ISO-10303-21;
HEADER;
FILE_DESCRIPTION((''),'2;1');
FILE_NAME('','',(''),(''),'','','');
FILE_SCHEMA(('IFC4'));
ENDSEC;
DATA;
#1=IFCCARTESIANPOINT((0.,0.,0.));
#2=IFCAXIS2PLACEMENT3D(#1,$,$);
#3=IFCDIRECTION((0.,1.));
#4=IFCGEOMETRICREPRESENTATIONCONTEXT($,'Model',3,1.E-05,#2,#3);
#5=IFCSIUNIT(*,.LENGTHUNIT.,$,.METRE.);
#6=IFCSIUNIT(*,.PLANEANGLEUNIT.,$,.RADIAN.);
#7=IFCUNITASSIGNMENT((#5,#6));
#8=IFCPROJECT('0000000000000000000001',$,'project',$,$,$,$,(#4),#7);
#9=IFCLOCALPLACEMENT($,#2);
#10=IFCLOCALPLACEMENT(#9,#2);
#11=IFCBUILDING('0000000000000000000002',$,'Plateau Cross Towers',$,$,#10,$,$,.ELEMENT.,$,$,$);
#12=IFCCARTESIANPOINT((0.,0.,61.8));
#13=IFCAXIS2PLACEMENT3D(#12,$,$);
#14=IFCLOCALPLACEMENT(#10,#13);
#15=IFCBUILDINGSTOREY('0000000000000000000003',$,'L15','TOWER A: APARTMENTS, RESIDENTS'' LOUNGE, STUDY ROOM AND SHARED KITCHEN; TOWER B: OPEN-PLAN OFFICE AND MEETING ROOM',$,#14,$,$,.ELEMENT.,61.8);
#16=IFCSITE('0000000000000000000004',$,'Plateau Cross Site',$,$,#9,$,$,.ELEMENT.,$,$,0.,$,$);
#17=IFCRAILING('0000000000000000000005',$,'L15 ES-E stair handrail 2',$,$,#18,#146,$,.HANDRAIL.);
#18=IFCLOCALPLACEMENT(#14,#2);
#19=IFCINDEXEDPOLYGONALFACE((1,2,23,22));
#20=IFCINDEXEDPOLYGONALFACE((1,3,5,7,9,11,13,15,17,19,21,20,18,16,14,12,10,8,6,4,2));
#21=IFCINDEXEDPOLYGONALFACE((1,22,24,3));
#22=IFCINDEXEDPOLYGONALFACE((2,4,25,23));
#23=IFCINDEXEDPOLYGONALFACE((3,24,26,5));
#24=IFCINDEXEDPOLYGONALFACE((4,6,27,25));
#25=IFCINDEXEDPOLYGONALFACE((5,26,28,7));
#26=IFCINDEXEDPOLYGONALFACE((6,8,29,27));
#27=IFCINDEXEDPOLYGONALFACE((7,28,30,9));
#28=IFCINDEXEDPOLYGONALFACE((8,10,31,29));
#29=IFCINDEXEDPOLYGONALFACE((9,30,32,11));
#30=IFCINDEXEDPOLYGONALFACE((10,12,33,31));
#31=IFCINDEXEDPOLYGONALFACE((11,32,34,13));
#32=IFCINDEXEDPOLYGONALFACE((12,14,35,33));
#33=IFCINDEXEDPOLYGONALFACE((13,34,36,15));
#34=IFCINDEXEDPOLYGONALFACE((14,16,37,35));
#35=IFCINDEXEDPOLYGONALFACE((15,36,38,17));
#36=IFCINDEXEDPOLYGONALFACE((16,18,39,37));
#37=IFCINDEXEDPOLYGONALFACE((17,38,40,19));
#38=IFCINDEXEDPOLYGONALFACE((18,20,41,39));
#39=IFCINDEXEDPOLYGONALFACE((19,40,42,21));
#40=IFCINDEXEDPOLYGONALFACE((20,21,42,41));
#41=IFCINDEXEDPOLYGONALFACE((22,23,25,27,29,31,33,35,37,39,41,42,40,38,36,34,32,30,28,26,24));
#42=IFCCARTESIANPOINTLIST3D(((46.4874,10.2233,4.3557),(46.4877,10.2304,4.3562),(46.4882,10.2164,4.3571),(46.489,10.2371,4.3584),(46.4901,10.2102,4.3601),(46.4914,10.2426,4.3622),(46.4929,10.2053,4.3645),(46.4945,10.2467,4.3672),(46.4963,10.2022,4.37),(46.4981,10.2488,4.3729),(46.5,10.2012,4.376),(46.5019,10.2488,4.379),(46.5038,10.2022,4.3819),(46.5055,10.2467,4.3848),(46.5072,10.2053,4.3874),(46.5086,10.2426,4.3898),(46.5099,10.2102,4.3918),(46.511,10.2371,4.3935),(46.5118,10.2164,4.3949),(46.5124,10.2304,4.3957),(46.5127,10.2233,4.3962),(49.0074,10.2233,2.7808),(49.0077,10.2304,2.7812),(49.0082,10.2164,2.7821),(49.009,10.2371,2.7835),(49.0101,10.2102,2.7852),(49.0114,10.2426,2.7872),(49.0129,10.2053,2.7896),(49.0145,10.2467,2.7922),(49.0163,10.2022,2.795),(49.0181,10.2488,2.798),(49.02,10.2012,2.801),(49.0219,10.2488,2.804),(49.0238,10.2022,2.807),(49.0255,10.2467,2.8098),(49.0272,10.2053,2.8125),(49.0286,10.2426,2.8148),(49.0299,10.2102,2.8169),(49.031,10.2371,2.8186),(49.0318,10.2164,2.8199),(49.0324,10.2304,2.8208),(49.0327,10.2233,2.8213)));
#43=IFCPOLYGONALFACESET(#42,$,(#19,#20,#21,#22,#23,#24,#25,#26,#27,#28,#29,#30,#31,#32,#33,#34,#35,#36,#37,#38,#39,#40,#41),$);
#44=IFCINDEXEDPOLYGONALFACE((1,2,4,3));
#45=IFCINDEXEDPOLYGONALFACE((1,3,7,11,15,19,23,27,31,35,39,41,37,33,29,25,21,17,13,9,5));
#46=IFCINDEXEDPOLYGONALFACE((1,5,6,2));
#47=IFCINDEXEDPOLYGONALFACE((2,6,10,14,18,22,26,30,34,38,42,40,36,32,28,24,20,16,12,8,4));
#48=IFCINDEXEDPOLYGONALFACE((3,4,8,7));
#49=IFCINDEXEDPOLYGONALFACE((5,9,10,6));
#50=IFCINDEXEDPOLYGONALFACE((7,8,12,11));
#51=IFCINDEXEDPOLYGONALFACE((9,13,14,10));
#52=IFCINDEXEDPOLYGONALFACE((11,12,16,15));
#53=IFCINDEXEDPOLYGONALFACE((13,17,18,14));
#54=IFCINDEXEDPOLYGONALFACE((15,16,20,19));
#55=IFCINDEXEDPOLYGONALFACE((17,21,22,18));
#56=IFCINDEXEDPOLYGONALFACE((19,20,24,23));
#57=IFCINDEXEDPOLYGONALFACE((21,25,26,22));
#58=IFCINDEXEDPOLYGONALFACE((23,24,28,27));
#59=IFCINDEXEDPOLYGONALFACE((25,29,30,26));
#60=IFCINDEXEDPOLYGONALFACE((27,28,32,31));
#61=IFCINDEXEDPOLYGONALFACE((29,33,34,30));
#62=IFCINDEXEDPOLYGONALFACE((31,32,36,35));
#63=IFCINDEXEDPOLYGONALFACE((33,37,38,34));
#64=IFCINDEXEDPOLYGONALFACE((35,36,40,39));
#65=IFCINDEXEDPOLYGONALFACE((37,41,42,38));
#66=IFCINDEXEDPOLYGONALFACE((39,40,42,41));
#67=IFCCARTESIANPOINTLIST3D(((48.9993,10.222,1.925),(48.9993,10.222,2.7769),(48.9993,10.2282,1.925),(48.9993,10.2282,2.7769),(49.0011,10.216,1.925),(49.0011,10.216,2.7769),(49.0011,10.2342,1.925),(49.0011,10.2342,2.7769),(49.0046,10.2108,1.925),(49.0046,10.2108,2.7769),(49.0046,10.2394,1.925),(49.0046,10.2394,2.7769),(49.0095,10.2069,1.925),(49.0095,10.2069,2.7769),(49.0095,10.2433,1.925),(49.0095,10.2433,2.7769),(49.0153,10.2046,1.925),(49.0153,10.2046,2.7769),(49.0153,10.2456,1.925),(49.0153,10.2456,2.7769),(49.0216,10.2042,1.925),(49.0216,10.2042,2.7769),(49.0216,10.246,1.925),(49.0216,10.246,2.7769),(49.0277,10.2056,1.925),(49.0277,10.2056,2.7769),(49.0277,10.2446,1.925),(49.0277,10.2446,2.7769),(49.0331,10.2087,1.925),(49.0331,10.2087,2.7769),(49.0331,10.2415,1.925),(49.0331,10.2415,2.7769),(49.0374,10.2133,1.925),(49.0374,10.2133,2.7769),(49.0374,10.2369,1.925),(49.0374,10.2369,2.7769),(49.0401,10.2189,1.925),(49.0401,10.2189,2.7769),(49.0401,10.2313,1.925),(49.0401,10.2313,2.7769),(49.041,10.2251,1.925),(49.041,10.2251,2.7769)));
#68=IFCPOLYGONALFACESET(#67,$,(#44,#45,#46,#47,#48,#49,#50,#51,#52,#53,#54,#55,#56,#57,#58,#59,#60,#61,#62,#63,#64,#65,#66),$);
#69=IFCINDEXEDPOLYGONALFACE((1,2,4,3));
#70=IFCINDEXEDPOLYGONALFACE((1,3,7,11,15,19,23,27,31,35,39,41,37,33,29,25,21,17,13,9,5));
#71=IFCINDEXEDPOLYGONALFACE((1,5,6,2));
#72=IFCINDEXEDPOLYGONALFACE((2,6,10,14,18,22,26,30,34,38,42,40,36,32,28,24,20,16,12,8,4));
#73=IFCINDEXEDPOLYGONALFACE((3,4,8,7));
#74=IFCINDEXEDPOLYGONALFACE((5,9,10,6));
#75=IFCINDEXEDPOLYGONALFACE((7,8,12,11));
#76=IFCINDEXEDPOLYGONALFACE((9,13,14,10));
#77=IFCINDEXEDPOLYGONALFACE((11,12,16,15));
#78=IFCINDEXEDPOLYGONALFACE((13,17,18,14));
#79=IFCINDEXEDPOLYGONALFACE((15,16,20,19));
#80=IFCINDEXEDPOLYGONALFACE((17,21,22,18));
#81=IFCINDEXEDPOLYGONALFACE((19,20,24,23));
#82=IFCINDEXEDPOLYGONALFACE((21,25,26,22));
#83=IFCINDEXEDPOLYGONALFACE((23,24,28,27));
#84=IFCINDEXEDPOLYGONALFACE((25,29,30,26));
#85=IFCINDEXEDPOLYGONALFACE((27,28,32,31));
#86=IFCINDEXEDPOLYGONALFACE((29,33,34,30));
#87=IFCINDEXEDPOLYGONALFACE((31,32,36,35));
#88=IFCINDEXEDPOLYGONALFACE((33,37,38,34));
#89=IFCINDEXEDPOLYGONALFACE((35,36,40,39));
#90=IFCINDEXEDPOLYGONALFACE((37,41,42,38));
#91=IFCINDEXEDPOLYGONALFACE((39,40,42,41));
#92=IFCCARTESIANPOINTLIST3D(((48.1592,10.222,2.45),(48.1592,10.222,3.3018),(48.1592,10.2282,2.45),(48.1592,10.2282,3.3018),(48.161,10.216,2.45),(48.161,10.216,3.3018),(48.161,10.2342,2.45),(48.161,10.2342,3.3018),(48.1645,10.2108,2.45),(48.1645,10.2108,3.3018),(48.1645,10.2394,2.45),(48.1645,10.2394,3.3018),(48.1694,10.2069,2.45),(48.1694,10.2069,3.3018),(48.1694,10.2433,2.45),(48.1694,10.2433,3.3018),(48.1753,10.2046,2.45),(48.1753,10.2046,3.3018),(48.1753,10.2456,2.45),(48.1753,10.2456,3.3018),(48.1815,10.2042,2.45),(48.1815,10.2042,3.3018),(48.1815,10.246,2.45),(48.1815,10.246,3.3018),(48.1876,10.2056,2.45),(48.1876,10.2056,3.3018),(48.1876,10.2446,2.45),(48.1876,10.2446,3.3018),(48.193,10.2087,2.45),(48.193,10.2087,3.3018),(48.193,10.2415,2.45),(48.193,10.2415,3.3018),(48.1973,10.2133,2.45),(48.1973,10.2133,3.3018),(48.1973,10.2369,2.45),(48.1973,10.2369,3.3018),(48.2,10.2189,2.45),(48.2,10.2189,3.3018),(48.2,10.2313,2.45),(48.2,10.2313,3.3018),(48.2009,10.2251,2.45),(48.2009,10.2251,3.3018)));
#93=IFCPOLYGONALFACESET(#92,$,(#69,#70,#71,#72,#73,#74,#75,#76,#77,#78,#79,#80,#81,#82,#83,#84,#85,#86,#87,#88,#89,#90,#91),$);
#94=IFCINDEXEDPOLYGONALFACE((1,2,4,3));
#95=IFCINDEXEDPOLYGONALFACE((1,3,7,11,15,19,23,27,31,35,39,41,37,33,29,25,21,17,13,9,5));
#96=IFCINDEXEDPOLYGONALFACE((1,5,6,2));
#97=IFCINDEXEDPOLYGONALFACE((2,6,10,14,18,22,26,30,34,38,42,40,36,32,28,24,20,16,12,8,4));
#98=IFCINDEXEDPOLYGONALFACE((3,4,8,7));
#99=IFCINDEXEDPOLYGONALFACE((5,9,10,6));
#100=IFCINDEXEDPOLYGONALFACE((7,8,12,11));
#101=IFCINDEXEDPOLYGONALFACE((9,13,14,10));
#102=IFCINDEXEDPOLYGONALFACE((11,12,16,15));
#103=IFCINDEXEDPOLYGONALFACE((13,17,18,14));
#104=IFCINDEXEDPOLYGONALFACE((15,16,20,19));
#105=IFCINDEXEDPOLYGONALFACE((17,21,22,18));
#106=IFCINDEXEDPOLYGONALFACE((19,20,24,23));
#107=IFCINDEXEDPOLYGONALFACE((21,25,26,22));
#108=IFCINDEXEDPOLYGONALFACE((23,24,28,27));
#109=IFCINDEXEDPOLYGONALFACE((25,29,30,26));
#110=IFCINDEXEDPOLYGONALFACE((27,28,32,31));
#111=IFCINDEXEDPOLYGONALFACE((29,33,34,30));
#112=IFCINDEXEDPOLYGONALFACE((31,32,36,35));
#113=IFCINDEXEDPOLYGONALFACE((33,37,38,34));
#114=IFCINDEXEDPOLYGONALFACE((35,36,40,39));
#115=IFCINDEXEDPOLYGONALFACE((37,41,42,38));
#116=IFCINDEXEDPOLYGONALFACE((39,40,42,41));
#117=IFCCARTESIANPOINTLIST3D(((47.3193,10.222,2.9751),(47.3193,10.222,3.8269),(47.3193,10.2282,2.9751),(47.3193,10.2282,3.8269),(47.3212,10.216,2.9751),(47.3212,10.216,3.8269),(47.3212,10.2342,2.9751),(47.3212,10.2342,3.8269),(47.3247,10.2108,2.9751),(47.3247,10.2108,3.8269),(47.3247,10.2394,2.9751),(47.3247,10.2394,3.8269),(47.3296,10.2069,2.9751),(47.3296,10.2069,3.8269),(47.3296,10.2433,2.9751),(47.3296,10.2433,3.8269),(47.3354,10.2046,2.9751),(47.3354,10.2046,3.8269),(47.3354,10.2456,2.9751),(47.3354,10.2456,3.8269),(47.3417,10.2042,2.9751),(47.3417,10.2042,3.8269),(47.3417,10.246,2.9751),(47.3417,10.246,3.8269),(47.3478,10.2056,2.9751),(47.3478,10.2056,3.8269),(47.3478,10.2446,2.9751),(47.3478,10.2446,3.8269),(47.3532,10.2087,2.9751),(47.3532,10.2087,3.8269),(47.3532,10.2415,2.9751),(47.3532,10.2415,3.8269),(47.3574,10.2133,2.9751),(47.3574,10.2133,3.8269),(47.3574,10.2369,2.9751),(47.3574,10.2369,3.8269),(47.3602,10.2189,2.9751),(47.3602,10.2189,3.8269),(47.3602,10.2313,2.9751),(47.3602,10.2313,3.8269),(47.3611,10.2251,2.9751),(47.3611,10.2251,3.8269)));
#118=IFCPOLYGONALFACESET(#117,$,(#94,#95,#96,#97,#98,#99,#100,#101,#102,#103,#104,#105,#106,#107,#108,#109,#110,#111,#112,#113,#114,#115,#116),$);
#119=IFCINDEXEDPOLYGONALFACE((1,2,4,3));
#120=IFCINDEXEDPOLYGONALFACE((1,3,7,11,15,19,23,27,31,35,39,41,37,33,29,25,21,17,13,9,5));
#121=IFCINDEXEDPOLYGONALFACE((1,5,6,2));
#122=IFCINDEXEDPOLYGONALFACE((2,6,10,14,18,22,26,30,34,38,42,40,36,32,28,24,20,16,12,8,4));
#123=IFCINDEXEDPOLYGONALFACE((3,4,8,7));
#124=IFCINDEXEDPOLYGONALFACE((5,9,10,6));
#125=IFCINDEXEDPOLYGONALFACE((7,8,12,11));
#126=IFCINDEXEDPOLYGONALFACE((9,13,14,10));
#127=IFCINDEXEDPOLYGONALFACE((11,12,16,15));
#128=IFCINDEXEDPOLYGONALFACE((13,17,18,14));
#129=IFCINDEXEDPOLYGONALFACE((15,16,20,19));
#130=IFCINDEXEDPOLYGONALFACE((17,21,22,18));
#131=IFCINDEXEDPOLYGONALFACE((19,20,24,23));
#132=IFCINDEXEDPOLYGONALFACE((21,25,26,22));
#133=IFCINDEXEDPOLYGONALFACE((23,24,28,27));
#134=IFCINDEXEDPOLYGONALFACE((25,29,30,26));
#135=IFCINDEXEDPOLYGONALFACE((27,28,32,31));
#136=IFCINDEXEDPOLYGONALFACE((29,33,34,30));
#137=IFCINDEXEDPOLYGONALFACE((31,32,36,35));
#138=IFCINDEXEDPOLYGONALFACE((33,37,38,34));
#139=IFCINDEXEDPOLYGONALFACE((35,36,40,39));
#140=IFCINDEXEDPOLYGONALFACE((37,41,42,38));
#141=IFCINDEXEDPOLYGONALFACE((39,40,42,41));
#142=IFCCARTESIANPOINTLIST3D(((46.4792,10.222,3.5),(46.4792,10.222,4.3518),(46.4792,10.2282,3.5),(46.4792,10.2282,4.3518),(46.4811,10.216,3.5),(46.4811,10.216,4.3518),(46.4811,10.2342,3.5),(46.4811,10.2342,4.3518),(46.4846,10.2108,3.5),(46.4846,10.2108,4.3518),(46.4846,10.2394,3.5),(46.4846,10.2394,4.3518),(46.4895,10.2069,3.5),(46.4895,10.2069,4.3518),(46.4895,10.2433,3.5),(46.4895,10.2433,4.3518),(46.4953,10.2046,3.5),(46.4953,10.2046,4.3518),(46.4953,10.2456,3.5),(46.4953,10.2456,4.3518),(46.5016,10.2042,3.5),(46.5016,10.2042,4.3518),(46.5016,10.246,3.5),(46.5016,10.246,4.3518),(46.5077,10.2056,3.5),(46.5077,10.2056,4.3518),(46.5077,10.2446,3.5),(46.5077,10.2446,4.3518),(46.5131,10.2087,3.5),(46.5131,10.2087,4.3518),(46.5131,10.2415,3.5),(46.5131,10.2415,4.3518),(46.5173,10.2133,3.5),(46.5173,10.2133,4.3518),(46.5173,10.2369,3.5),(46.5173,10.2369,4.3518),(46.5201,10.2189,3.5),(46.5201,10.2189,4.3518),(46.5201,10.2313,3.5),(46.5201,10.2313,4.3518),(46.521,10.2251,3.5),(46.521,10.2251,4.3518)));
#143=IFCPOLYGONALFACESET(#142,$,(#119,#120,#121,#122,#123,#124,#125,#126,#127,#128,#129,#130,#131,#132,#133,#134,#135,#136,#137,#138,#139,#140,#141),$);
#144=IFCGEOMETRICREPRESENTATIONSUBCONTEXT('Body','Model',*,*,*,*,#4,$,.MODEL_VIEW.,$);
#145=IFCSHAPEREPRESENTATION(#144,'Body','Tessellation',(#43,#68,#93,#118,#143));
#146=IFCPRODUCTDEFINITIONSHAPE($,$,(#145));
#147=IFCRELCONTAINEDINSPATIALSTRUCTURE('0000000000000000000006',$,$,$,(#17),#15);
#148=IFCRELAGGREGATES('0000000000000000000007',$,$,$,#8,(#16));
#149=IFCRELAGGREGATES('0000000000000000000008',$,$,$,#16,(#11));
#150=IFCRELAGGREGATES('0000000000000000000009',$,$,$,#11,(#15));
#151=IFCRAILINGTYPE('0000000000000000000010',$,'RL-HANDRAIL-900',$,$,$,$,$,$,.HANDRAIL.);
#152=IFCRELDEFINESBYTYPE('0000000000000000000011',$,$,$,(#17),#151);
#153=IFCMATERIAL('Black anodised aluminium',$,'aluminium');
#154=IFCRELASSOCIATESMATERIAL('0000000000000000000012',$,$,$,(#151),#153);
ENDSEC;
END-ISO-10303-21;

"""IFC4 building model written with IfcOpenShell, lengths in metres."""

from ifc_helpers import new_model, si_unit, direction, frame, origin, origin_2d, place, context, subcontext, project, spatial, circle, extrude, material, type_object, element, save


model = new_model("IFC4")

# Units and contexts
model_context = context("Model", 3, precision=1e-05, world=origin(), true_north=direction((0.0, 1.0)))
body_context = subcontext(model_context, "Body", "Model", "MODEL_VIEW")
ifc_project = project(units=[si_unit("LENGTHUNIT", "METRE"), si_unit("PLANEANGLEUNIT", "RADIAN")], contexts=[model_context])

# Site, building, storey
site_placement = place(None, origin())
site = spatial("IfcSite", under=ifc_project, at=site_placement, Name="Plateau Cross Site", CompositionType="ELEMENT", RefElevation=0.0)
building_placement = place(site_placement, origin())
building = spatial("IfcBuilding", under=site, at=building_placement, Name="Plateau Cross Towers", CompositionType="ELEMENT")
storey_placement = place(building_placement, frame((0.0, 0.0, 61.8)))
storey = spatial("IfcBuildingStorey", under=building, at=storey_placement, Name="L15", Description="TOWER A: APARTMENTS, RESIDENTS' LOUNGE, STUDY ROOM AND SHARED KITCHEN; TOWER B: OPEN-PLAN OFFICE AND MEETING ROOM", CompositionType="ELEMENT", Elevation=61.8)

# Shared definitions
ifc_material_1 = material(Name="Black anodised aluminium", Category="aluminium")

# Railing
railing_type_1 = type_object("IfcRailingType", Name="RL-HANDRAIL-900", PredefinedType="HANDRAIL", material=ifc_material_1)
railing_1_placement = place(storey_placement, frame((49.02, 10.2251, 1.925)))
element("IfcRailing", 1, at=railing_1_placement, inside=storey, type_object=railing_type_1, Name="L15 ES-E stair handrail 2", PredefinedType="HANDRAIL", context=body_context, shape_type="SweptSolid", body=[
    extrude(circle(Radius=0.0239, at=origin_2d()), frame((0.0, 0.0, 0.876), z_axis=(-0.848008, 0.0, 0.529984), x_axis=(0.0, -1.0, 0.0)), (0.0, 0.0, 1.0), 2.9717),
    extrude(circle(Radius=0.021, at=origin_2d()), origin(), (0.0, 0.0, 1.0), 0.8518),
    extrude(circle(Radius=0.021, at=origin_2d()), frame((-0.8401, 0.0, 0.5249)), (0.0, 0.0, 1.0), 0.8518),
    extrude(circle(Radius=0.021, at=origin_2d()), frame((-1.6799, 0.0, 1.05)), (0.0, 0.0, 1.0), 0.8518),
    extrude(circle(Radius=0.021, at=origin_2d()), frame((-2.52, 0.0, 1.575)), (0.0, 0.0, 1.0), 0.8518),
])

save(model, "model.ifc")
